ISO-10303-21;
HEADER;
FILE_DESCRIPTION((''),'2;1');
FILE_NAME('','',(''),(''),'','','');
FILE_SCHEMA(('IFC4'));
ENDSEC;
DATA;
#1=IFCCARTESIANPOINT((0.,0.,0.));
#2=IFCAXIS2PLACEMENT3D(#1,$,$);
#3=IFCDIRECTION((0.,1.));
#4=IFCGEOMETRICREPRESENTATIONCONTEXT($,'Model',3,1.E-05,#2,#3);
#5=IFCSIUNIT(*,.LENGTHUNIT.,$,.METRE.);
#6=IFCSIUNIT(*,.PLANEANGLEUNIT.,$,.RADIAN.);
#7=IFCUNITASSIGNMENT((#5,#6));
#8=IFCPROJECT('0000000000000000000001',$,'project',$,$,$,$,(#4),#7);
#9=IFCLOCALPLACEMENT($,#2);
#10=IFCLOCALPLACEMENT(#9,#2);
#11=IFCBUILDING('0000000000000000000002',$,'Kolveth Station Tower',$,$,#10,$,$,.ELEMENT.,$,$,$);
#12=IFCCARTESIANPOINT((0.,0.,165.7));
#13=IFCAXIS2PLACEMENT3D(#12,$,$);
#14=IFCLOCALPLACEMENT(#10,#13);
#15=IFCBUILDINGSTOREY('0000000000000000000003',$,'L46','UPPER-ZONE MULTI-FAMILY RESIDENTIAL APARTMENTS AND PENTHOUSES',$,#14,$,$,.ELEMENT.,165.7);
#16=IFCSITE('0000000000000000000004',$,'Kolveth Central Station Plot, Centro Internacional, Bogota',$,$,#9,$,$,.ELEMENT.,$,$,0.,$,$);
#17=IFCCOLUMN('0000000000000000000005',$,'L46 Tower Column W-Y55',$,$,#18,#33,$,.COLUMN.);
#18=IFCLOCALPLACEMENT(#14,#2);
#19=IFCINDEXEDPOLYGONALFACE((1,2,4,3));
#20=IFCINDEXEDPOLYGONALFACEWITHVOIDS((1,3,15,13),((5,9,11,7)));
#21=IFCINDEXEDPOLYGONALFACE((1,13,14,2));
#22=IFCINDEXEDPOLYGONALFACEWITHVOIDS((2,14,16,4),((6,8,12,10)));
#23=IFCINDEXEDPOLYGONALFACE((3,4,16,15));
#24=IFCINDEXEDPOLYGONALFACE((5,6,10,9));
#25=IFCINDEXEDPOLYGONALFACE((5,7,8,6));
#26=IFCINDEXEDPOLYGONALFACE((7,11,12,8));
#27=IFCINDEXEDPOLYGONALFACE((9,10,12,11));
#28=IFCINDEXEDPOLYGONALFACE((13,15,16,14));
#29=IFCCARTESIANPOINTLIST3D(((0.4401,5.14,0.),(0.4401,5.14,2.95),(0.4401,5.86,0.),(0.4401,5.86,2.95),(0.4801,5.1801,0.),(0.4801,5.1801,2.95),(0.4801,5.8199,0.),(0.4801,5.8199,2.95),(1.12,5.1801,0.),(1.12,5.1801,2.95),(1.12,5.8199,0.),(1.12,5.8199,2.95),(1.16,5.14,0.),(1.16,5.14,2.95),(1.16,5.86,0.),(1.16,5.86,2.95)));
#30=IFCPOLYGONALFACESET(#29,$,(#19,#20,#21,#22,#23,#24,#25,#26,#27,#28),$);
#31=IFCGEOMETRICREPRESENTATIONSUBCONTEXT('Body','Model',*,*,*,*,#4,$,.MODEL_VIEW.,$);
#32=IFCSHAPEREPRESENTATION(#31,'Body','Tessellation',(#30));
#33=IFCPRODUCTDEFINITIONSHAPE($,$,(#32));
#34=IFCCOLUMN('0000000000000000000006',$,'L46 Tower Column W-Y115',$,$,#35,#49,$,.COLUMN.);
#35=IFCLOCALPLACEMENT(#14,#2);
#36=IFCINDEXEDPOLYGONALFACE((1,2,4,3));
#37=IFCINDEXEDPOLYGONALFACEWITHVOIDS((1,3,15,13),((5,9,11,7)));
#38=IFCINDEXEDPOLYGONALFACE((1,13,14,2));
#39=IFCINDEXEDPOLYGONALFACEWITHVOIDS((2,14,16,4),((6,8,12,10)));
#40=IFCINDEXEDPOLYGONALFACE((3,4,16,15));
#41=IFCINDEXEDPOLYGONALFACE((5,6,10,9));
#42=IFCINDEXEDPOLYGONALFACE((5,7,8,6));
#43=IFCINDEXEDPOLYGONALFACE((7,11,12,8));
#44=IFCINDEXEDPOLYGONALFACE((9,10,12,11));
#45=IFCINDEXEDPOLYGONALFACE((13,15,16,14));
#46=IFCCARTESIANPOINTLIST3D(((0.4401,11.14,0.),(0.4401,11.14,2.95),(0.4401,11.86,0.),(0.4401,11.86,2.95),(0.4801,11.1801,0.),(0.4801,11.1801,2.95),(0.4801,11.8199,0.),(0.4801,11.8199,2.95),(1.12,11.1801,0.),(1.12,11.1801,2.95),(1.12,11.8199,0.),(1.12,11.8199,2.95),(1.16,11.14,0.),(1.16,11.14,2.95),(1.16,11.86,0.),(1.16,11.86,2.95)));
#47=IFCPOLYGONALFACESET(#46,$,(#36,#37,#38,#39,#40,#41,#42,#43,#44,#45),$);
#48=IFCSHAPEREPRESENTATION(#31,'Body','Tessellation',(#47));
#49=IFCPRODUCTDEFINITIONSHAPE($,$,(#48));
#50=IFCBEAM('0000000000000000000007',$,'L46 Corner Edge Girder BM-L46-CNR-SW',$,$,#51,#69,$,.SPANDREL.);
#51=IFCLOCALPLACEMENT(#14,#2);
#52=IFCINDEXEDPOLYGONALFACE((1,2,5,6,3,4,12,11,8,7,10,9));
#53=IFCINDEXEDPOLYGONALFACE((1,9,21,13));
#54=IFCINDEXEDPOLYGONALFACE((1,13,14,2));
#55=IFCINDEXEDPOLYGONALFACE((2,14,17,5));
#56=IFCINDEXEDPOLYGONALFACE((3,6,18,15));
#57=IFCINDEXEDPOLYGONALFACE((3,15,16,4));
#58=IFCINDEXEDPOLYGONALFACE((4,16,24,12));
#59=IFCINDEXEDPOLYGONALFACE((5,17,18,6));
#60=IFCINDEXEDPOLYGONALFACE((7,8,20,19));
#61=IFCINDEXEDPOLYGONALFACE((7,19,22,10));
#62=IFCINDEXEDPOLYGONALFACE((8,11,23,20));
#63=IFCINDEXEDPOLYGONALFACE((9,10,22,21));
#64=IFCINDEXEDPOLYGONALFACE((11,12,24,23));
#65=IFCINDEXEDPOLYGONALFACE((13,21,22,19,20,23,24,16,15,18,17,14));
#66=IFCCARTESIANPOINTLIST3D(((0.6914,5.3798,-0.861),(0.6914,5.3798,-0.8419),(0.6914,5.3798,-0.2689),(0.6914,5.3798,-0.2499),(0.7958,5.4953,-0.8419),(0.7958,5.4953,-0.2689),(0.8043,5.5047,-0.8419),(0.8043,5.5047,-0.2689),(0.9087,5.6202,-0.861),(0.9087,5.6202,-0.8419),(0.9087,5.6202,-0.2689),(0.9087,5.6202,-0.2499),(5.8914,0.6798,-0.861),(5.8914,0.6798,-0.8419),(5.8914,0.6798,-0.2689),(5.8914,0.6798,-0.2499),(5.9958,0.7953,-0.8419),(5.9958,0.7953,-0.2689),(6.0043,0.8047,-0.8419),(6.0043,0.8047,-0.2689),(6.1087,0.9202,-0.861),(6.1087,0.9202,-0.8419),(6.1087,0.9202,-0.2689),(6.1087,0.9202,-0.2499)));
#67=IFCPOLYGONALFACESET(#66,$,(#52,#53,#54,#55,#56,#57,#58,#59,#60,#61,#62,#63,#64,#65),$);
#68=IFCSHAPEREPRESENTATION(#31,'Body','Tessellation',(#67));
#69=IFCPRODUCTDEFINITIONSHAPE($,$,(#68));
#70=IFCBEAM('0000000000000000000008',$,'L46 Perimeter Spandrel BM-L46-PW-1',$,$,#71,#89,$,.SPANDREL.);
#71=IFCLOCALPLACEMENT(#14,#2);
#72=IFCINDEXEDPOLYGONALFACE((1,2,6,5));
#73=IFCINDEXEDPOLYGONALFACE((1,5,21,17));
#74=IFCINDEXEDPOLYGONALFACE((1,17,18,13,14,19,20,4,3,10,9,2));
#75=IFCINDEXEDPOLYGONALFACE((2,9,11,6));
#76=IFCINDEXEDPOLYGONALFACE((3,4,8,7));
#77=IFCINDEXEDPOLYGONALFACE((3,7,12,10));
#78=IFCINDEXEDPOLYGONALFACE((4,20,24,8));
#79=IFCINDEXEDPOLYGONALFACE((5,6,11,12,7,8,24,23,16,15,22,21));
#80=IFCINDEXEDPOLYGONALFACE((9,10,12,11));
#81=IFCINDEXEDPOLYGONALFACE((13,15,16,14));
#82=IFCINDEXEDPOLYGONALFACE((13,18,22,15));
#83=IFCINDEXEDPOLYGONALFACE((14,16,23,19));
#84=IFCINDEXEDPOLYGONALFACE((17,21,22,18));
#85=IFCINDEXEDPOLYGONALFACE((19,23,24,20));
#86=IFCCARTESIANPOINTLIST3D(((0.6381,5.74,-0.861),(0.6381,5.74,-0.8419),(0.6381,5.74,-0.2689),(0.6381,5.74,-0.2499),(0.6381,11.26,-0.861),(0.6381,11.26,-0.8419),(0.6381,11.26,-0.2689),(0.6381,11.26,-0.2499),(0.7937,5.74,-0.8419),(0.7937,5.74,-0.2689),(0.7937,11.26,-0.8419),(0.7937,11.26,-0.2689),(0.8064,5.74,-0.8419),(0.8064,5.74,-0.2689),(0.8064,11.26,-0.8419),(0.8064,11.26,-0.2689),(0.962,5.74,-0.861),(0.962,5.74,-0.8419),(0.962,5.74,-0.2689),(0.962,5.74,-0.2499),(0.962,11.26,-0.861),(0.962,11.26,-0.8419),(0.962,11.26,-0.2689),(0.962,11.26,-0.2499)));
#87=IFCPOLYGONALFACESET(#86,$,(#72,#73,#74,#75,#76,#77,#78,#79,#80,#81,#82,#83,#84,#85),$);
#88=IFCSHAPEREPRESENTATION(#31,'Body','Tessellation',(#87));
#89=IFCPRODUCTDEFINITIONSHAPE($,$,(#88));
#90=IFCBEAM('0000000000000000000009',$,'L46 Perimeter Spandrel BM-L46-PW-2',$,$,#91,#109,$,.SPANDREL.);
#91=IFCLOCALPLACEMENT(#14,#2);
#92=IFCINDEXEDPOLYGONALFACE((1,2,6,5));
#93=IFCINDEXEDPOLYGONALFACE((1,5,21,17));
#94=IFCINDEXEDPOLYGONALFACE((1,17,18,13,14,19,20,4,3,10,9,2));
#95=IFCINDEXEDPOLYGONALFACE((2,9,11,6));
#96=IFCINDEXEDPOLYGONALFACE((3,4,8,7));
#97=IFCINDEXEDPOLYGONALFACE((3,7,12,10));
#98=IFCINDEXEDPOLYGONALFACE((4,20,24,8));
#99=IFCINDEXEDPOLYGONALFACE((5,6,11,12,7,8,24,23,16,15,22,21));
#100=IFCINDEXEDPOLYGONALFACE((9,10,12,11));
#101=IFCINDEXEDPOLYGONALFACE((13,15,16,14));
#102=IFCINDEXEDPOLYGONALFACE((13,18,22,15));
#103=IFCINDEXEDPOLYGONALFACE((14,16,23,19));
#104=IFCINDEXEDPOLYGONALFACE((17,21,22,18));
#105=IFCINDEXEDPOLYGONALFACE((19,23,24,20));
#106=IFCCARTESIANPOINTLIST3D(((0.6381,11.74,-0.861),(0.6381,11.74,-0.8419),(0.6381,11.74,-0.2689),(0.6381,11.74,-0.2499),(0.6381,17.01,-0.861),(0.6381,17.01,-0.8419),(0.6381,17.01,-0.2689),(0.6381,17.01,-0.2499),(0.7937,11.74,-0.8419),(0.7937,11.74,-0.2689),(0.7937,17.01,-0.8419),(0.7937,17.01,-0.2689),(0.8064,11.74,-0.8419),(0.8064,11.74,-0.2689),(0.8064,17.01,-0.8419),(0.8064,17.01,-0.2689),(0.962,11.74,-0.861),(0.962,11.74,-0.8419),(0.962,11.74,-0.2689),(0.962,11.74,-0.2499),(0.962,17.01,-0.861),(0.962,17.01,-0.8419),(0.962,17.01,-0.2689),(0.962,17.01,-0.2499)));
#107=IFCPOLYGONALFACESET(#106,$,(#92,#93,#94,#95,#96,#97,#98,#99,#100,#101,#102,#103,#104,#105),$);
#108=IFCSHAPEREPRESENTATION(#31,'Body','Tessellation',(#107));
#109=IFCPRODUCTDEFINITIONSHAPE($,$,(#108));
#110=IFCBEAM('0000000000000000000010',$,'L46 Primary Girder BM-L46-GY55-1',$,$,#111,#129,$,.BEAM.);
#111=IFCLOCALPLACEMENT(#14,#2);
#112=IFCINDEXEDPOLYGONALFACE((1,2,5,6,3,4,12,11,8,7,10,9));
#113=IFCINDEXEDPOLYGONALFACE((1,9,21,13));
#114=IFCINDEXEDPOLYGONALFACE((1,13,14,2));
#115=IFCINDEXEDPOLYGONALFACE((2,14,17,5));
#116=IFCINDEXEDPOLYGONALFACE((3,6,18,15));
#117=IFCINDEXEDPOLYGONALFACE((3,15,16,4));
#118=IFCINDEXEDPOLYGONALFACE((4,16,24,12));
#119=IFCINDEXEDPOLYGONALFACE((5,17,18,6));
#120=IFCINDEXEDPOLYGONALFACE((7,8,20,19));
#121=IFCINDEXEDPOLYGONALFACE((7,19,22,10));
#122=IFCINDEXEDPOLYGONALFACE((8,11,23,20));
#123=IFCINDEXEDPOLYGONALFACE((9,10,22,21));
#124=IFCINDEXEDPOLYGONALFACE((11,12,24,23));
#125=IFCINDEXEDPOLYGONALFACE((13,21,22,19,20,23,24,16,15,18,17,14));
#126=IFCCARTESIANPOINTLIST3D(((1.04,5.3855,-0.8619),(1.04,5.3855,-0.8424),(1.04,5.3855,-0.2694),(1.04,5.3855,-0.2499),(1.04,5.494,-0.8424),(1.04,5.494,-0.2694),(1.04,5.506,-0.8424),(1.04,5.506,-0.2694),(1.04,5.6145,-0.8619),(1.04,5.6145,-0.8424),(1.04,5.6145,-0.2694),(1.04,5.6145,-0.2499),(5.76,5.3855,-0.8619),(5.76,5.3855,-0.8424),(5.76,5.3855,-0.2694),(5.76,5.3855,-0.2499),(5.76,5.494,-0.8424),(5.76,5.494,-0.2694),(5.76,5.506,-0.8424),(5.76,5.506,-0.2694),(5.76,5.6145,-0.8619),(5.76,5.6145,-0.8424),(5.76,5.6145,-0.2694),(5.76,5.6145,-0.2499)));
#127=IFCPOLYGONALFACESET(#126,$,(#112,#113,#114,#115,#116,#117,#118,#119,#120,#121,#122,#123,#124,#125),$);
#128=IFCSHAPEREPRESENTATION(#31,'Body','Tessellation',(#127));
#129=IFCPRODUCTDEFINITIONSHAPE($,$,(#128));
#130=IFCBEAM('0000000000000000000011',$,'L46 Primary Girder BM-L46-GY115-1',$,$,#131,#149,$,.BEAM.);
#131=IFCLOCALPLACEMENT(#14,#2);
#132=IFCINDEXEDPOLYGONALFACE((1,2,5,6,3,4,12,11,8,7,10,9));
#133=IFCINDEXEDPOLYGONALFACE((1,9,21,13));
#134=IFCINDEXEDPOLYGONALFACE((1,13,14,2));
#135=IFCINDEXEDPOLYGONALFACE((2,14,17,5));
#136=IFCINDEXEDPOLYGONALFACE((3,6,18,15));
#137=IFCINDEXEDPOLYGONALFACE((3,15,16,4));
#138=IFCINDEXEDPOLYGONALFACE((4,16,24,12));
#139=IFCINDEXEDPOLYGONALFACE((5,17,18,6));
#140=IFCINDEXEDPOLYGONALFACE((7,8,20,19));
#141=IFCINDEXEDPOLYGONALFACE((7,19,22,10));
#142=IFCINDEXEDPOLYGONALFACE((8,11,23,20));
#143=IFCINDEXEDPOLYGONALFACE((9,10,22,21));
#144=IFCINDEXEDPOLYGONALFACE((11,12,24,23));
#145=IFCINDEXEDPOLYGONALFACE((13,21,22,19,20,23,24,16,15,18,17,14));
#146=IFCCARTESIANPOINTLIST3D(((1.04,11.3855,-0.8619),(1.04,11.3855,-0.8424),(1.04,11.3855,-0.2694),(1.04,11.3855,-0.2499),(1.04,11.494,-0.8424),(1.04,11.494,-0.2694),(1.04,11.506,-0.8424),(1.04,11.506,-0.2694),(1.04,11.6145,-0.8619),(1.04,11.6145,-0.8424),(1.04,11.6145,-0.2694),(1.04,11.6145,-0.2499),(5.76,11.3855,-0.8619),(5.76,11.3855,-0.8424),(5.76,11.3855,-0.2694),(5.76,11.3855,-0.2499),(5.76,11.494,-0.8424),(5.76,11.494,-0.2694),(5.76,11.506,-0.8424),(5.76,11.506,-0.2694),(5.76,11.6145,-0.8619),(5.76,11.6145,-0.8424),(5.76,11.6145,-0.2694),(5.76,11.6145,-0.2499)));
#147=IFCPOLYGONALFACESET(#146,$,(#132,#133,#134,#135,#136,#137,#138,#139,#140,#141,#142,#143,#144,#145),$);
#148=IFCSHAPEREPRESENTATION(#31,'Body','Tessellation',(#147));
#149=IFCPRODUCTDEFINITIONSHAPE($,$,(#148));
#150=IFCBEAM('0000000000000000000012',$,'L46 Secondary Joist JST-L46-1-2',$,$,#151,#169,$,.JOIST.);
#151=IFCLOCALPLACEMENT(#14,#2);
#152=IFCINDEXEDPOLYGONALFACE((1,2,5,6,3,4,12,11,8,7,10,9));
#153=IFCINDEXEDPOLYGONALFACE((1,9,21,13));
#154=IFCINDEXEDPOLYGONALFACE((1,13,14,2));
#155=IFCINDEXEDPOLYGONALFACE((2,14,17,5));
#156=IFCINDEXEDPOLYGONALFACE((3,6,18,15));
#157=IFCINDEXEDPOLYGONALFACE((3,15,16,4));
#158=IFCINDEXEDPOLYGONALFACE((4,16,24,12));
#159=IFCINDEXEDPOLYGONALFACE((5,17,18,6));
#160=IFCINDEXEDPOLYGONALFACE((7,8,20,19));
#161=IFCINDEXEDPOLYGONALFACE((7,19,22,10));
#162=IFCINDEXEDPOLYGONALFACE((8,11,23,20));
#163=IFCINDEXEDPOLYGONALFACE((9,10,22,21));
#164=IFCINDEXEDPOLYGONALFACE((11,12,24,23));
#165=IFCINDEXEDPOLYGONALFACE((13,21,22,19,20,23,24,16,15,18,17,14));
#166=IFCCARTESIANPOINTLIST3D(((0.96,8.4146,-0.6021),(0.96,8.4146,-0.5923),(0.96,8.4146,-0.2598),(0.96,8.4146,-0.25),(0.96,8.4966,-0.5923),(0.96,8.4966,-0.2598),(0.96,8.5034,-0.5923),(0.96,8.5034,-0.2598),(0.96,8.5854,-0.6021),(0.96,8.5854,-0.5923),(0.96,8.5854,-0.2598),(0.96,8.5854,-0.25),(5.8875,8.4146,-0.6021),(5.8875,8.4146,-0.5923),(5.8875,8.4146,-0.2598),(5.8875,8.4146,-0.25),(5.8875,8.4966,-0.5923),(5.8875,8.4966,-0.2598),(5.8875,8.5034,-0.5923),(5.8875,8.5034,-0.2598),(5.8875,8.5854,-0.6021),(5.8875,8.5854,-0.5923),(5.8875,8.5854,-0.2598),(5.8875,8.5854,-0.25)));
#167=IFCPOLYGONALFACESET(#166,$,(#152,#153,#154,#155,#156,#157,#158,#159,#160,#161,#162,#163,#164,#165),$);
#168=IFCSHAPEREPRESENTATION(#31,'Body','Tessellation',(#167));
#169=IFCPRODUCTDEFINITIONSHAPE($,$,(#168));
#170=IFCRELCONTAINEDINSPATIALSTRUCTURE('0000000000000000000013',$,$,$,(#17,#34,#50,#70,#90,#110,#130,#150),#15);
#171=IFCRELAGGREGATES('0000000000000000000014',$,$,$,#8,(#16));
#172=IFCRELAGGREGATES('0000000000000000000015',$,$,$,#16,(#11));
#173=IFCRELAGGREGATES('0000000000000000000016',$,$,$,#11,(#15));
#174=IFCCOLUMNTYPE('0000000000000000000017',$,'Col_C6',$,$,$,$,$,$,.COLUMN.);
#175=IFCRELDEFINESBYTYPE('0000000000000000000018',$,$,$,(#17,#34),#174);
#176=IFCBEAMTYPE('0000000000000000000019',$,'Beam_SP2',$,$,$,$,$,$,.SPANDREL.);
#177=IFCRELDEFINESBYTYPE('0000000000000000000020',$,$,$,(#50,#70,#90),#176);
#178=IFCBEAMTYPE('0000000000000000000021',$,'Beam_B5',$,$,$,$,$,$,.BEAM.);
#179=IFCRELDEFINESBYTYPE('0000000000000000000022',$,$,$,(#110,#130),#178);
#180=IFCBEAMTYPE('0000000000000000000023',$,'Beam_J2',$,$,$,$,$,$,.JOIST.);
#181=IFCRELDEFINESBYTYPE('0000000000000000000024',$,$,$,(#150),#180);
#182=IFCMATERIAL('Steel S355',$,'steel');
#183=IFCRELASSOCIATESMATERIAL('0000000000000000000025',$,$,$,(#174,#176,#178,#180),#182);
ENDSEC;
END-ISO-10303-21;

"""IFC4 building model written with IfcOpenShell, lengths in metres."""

from ifc_helpers import new_model, si_unit, direction, frame, origin, origin_2d, place, context, subcontext, project, spatial, hollow_rectangle, i_section, extrude, source, transform, mapped, material, material_profile, profile_set, type_object, element, save


model = new_model("IFC4")

# Units and contexts
model_context = context("Model", 3, precision=1e-05, world=origin(), true_north=direction((0.0, 1.0)))
body_context = subcontext(model_context, "Body", "Model", "MODEL_VIEW")
ifc_project = project(units=[si_unit("LENGTHUNIT", "METRE"), si_unit("PLANEANGLEUNIT", "RADIAN")], contexts=[model_context])

# Site, building, storey
site_placement = place(None, origin())
site = spatial("IfcSite", under=ifc_project, at=site_placement, Name="Kolveth Central Station Plot, Centro Internacional, Bogota", CompositionType="ELEMENT", RefElevation=0.0)
building_placement = place(site_placement, origin())
building = spatial("IfcBuilding", under=site, at=building_placement, Name="Kolveth Station Tower", CompositionType="ELEMENT")
storey_placement = place(building_placement, frame((0.0, 0.0, 165.7)))
storey = spatial("IfcBuildingStorey", under=building, at=storey_placement, Name="L46", Description="UPPER-ZONE MULTI-FAMILY RESIDENTIAL APARTMENTS AND PENTHOUSES", CompositionType="ELEMENT", Elevation=165.7)

# Columns
ifc_material_1 = material(Name="Steel S355", Category="steel")
ifc_material_profile_1 = material_profile(ifc_material_1, hollow_rectangle(XDim=0.72, YDim=0.72, WallThickness=0.04, at=origin_2d()), Name="BOX720x720x40")
ifc_profile_set_1 = profile_set([ifc_material_profile_1], Name="Steel S355")
column_type = type_object("IfcColumnType", Name="Col_C6", PredefinedType="COLUMN", material=ifc_profile_set_1)
shared_shape_1 = source(origin(), body_context, "Body", "SweptSolid", [
    extrude(hollow_rectangle(XDim=0.72, YDim=0.72, WallThickness=0.04, at=origin_2d()), origin(), (0.0, 0.0, 1.0), 2.95),
])
for number, where, z_axis, x_axis, name in (
    (1, (0.8, 5.5, 0.0), (0.0, 0.0, 1.0), (1.0, 0.0, 0.0), "L46 Tower Column W-Y55"),
    (2, (0.8, 11.5, 0.0), (0.0, 0.0, 1.0), (1.0, 0.0, 0.0), "L46 Tower Column W-Y115"),
):
    element("IfcColumn", number, at=place(storey_placement, frame(where, z_axis=z_axis, x_axis=x_axis)), inside=storey, type_object=column_type, Name=name, PredefinedType="COLUMN", context=body_context, shape_type="MappedRepresentation", body=[
        mapped(shared_shape_1, transform((0.0, 0.0, 0.0), x_axis=(1.0, 0.0, 0.0), y_axis=(0.0, 1.0, 0.0), z_axis=(0.0, 0.0, 1.0), scale=1.0)),
    ])

# Beams
ifc_material_profile_2 = material_profile(ifc_material_1, i_section(OverallWidth=0.324, OverallDepth=0.6111, WebThickness=0.0127, FlangeThickness=0.019, at=origin_2d()), Name="W610x155")
ifc_profile_set_2 = profile_set([ifc_material_profile_2], Name="Steel S355")
beam_type_1 = type_object("IfcBeamType", Name="Beam_SP2", PredefinedType="SPANDREL", material=ifc_profile_set_2)
shared_shape_2 = source(origin(), body_context, "Body", "SweptSolid", [
    extrude(i_section(OverallWidth=0.324, OverallDepth=0.6111, WebThickness=0.0127, FlangeThickness=0.019, at=origin_2d()), origin(), (0.0, 0.0, 1.0), 7.0093),
])
beam_1_placement = place(storey_placement, frame((0.8, 5.5, -0.5554), z_axis=(0.741874, -0.670539, 0.0), x_axis=(0.670539, 0.741874, 0.0)))
element("IfcBeam", 3, at=beam_1_placement, inside=storey, type_object=beam_type_1, Name="L46 Corner Edge Girder BM-L46-CNR-SW", PredefinedType="SPANDREL", context=body_context, shape_type="MappedRepresentation", body=[
    mapped(shared_shape_2, transform((0.0, 0.0, 0.0), x_axis=(1.0, 0.0, 0.0), y_axis=(0.0, 1.0, 0.0), z_axis=(0.0, 0.0, 1.0), scale=1.0)),
])
shared_shape_3 = source(origin(), body_context, "Body", "SweptSolid", [
    extrude(i_section(OverallWidth=0.324, OverallDepth=0.6111, WebThickness=0.0127, FlangeThickness=0.019, at=origin_2d()), origin(), (0.0, 0.0, 1.0), 5.52),
])
beam_2_placement = place(storey_placement, frame((0.8, 5.74, -0.5554), z_axis=(0.0, 1.0, 0.0), x_axis=(-1.0, 0.0, 0.0)))
element("IfcBeam", 4, at=beam_2_placement, inside=storey, type_object=beam_type_1, Name="L46 Perimeter Spandrel BM-L46-PW-1", PredefinedType="SPANDREL", context=body_context, shape_type="MappedRepresentation", body=[
    mapped(shared_shape_3, transform((0.0, 0.0, 0.0), x_axis=(1.0, 0.0, 0.0), y_axis=(0.0, 1.0, 0.0), z_axis=(0.0, 0.0, 1.0), scale=1.0)),
])
shared_shape_4 = source(origin(), body_context, "Body", "SweptSolid", [
    extrude(i_section(OverallWidth=0.324, OverallDepth=0.6111, WebThickness=0.0127, FlangeThickness=0.019, at=origin_2d()), origin(), (0.0, 0.0, 1.0), 5.27),
])
beam_3_placement = place(storey_placement, frame((0.8, 11.74, -0.5554), z_axis=(0.0, 1.0, 0.0), x_axis=(-1.0, 0.0, 0.0)))
element("IfcBeam", 5, at=beam_3_placement, inside=storey, type_object=beam_type_1, Name="L46 Perimeter Spandrel BM-L46-PW-2", PredefinedType="SPANDREL", context=body_context, shape_type="MappedRepresentation", body=[
    mapped(shared_shape_4, transform((0.0, 0.0, 0.0), x_axis=(1.0, 0.0, 0.0), y_axis=(0.0, 1.0, 0.0), z_axis=(0.0, 0.0, 1.0), scale=1.0)),
])
ifc_material_profile_3 = material_profile(ifc_material_1, i_section(OverallWidth=0.229, OverallDepth=0.6121, WebThickness=0.012, FlangeThickness=0.0195, at=origin_2d()), Name="W610x125")
ifc_profile_set_3 = profile_set([ifc_material_profile_3], Name="Steel S355")
beam_type_2 = type_object("IfcBeamType", Name="Beam_B5", PredefinedType="BEAM", material=ifc_profile_set_3)
shared_shape_5 = source(origin(), body_context, "Body", "SweptSolid", [
    extrude(i_section(OverallWidth=0.229, OverallDepth=0.6121, WebThickness=0.012, FlangeThickness=0.0195, at=origin_2d()), origin(), (0.0, 0.0, 1.0), 4.72),
])
for number, where, z_axis, x_axis, name in (
    (6, (1.04, 5.5, -0.5559), (1.0, 0.0, 0.0), (0.0, 1.0, 0.0), "L46 Primary Girder BM-L46-GY55-1"),
    (7, (1.04, 11.5, -0.5559), (1.0, 0.0, 0.0), (0.0, 1.0, 0.0), "L46 Primary Girder BM-L46-GY115-1"),
):
    element("IfcBeam", number, at=place(storey_placement, frame(where, z_axis=z_axis, x_axis=x_axis)), inside=storey, type_object=beam_type_2, Name=name, PredefinedType="BEAM", context=body_context, shape_type="MappedRepresentation", body=[
        mapped(shared_shape_5, transform((0.0, 0.0, 0.0), x_axis=(1.0, 0.0, 0.0), y_axis=(0.0, 1.0, 0.0), z_axis=(0.0, 0.0, 1.0), scale=1.0)),
    ])
ifc_material_profile_4 = material_profile(ifc_material_1, i_section(OverallWidth=0.1709, OverallDepth=0.3521, WebThickness=0.0068, FlangeThickness=0.0098, at=origin_2d()), Name="W360x44")
ifc_profile_set_4 = profile_set([ifc_material_profile_4], Name="Steel S355")
beam_type_3 = type_object("IfcBeamType", Name="Beam_J2", PredefinedType="JOIST", material=ifc_profile_set_4)
shared_shape_6 = source(origin(), body_context, "Body", "SweptSolid", [
    extrude(i_section(OverallWidth=0.1709, OverallDepth=0.3521, WebThickness=0.0068, FlangeThickness=0.0098, at=origin_2d()), origin(), (0.0, 0.0, 1.0), 4.9275),
])
for number, where, z_axis, x_axis, name in (
    (8, (0.96, 8.5, -0.426), (1.0, 0.0, 0.0), (0.0, 1.0, 0.0), "L46 Secondary Joist JST-L46-1-2"),
):
    element("IfcBeam", number, at=place(storey_placement, frame(where, z_axis=z_axis, x_axis=x_axis)), inside=storey, type_object=beam_type_3, Name=name, PredefinedType="JOIST", context=body_context, shape_type="MappedRepresentation", body=[
        mapped(shared_shape_6, transform((0.0, 0.0, 0.0), x_axis=(1.0, 0.0, 0.0), y_axis=(0.0, 1.0, 0.0), z_axis=(0.0, 0.0, 1.0), scale=1.0)),
    ])

save(model, "model.ifc")
